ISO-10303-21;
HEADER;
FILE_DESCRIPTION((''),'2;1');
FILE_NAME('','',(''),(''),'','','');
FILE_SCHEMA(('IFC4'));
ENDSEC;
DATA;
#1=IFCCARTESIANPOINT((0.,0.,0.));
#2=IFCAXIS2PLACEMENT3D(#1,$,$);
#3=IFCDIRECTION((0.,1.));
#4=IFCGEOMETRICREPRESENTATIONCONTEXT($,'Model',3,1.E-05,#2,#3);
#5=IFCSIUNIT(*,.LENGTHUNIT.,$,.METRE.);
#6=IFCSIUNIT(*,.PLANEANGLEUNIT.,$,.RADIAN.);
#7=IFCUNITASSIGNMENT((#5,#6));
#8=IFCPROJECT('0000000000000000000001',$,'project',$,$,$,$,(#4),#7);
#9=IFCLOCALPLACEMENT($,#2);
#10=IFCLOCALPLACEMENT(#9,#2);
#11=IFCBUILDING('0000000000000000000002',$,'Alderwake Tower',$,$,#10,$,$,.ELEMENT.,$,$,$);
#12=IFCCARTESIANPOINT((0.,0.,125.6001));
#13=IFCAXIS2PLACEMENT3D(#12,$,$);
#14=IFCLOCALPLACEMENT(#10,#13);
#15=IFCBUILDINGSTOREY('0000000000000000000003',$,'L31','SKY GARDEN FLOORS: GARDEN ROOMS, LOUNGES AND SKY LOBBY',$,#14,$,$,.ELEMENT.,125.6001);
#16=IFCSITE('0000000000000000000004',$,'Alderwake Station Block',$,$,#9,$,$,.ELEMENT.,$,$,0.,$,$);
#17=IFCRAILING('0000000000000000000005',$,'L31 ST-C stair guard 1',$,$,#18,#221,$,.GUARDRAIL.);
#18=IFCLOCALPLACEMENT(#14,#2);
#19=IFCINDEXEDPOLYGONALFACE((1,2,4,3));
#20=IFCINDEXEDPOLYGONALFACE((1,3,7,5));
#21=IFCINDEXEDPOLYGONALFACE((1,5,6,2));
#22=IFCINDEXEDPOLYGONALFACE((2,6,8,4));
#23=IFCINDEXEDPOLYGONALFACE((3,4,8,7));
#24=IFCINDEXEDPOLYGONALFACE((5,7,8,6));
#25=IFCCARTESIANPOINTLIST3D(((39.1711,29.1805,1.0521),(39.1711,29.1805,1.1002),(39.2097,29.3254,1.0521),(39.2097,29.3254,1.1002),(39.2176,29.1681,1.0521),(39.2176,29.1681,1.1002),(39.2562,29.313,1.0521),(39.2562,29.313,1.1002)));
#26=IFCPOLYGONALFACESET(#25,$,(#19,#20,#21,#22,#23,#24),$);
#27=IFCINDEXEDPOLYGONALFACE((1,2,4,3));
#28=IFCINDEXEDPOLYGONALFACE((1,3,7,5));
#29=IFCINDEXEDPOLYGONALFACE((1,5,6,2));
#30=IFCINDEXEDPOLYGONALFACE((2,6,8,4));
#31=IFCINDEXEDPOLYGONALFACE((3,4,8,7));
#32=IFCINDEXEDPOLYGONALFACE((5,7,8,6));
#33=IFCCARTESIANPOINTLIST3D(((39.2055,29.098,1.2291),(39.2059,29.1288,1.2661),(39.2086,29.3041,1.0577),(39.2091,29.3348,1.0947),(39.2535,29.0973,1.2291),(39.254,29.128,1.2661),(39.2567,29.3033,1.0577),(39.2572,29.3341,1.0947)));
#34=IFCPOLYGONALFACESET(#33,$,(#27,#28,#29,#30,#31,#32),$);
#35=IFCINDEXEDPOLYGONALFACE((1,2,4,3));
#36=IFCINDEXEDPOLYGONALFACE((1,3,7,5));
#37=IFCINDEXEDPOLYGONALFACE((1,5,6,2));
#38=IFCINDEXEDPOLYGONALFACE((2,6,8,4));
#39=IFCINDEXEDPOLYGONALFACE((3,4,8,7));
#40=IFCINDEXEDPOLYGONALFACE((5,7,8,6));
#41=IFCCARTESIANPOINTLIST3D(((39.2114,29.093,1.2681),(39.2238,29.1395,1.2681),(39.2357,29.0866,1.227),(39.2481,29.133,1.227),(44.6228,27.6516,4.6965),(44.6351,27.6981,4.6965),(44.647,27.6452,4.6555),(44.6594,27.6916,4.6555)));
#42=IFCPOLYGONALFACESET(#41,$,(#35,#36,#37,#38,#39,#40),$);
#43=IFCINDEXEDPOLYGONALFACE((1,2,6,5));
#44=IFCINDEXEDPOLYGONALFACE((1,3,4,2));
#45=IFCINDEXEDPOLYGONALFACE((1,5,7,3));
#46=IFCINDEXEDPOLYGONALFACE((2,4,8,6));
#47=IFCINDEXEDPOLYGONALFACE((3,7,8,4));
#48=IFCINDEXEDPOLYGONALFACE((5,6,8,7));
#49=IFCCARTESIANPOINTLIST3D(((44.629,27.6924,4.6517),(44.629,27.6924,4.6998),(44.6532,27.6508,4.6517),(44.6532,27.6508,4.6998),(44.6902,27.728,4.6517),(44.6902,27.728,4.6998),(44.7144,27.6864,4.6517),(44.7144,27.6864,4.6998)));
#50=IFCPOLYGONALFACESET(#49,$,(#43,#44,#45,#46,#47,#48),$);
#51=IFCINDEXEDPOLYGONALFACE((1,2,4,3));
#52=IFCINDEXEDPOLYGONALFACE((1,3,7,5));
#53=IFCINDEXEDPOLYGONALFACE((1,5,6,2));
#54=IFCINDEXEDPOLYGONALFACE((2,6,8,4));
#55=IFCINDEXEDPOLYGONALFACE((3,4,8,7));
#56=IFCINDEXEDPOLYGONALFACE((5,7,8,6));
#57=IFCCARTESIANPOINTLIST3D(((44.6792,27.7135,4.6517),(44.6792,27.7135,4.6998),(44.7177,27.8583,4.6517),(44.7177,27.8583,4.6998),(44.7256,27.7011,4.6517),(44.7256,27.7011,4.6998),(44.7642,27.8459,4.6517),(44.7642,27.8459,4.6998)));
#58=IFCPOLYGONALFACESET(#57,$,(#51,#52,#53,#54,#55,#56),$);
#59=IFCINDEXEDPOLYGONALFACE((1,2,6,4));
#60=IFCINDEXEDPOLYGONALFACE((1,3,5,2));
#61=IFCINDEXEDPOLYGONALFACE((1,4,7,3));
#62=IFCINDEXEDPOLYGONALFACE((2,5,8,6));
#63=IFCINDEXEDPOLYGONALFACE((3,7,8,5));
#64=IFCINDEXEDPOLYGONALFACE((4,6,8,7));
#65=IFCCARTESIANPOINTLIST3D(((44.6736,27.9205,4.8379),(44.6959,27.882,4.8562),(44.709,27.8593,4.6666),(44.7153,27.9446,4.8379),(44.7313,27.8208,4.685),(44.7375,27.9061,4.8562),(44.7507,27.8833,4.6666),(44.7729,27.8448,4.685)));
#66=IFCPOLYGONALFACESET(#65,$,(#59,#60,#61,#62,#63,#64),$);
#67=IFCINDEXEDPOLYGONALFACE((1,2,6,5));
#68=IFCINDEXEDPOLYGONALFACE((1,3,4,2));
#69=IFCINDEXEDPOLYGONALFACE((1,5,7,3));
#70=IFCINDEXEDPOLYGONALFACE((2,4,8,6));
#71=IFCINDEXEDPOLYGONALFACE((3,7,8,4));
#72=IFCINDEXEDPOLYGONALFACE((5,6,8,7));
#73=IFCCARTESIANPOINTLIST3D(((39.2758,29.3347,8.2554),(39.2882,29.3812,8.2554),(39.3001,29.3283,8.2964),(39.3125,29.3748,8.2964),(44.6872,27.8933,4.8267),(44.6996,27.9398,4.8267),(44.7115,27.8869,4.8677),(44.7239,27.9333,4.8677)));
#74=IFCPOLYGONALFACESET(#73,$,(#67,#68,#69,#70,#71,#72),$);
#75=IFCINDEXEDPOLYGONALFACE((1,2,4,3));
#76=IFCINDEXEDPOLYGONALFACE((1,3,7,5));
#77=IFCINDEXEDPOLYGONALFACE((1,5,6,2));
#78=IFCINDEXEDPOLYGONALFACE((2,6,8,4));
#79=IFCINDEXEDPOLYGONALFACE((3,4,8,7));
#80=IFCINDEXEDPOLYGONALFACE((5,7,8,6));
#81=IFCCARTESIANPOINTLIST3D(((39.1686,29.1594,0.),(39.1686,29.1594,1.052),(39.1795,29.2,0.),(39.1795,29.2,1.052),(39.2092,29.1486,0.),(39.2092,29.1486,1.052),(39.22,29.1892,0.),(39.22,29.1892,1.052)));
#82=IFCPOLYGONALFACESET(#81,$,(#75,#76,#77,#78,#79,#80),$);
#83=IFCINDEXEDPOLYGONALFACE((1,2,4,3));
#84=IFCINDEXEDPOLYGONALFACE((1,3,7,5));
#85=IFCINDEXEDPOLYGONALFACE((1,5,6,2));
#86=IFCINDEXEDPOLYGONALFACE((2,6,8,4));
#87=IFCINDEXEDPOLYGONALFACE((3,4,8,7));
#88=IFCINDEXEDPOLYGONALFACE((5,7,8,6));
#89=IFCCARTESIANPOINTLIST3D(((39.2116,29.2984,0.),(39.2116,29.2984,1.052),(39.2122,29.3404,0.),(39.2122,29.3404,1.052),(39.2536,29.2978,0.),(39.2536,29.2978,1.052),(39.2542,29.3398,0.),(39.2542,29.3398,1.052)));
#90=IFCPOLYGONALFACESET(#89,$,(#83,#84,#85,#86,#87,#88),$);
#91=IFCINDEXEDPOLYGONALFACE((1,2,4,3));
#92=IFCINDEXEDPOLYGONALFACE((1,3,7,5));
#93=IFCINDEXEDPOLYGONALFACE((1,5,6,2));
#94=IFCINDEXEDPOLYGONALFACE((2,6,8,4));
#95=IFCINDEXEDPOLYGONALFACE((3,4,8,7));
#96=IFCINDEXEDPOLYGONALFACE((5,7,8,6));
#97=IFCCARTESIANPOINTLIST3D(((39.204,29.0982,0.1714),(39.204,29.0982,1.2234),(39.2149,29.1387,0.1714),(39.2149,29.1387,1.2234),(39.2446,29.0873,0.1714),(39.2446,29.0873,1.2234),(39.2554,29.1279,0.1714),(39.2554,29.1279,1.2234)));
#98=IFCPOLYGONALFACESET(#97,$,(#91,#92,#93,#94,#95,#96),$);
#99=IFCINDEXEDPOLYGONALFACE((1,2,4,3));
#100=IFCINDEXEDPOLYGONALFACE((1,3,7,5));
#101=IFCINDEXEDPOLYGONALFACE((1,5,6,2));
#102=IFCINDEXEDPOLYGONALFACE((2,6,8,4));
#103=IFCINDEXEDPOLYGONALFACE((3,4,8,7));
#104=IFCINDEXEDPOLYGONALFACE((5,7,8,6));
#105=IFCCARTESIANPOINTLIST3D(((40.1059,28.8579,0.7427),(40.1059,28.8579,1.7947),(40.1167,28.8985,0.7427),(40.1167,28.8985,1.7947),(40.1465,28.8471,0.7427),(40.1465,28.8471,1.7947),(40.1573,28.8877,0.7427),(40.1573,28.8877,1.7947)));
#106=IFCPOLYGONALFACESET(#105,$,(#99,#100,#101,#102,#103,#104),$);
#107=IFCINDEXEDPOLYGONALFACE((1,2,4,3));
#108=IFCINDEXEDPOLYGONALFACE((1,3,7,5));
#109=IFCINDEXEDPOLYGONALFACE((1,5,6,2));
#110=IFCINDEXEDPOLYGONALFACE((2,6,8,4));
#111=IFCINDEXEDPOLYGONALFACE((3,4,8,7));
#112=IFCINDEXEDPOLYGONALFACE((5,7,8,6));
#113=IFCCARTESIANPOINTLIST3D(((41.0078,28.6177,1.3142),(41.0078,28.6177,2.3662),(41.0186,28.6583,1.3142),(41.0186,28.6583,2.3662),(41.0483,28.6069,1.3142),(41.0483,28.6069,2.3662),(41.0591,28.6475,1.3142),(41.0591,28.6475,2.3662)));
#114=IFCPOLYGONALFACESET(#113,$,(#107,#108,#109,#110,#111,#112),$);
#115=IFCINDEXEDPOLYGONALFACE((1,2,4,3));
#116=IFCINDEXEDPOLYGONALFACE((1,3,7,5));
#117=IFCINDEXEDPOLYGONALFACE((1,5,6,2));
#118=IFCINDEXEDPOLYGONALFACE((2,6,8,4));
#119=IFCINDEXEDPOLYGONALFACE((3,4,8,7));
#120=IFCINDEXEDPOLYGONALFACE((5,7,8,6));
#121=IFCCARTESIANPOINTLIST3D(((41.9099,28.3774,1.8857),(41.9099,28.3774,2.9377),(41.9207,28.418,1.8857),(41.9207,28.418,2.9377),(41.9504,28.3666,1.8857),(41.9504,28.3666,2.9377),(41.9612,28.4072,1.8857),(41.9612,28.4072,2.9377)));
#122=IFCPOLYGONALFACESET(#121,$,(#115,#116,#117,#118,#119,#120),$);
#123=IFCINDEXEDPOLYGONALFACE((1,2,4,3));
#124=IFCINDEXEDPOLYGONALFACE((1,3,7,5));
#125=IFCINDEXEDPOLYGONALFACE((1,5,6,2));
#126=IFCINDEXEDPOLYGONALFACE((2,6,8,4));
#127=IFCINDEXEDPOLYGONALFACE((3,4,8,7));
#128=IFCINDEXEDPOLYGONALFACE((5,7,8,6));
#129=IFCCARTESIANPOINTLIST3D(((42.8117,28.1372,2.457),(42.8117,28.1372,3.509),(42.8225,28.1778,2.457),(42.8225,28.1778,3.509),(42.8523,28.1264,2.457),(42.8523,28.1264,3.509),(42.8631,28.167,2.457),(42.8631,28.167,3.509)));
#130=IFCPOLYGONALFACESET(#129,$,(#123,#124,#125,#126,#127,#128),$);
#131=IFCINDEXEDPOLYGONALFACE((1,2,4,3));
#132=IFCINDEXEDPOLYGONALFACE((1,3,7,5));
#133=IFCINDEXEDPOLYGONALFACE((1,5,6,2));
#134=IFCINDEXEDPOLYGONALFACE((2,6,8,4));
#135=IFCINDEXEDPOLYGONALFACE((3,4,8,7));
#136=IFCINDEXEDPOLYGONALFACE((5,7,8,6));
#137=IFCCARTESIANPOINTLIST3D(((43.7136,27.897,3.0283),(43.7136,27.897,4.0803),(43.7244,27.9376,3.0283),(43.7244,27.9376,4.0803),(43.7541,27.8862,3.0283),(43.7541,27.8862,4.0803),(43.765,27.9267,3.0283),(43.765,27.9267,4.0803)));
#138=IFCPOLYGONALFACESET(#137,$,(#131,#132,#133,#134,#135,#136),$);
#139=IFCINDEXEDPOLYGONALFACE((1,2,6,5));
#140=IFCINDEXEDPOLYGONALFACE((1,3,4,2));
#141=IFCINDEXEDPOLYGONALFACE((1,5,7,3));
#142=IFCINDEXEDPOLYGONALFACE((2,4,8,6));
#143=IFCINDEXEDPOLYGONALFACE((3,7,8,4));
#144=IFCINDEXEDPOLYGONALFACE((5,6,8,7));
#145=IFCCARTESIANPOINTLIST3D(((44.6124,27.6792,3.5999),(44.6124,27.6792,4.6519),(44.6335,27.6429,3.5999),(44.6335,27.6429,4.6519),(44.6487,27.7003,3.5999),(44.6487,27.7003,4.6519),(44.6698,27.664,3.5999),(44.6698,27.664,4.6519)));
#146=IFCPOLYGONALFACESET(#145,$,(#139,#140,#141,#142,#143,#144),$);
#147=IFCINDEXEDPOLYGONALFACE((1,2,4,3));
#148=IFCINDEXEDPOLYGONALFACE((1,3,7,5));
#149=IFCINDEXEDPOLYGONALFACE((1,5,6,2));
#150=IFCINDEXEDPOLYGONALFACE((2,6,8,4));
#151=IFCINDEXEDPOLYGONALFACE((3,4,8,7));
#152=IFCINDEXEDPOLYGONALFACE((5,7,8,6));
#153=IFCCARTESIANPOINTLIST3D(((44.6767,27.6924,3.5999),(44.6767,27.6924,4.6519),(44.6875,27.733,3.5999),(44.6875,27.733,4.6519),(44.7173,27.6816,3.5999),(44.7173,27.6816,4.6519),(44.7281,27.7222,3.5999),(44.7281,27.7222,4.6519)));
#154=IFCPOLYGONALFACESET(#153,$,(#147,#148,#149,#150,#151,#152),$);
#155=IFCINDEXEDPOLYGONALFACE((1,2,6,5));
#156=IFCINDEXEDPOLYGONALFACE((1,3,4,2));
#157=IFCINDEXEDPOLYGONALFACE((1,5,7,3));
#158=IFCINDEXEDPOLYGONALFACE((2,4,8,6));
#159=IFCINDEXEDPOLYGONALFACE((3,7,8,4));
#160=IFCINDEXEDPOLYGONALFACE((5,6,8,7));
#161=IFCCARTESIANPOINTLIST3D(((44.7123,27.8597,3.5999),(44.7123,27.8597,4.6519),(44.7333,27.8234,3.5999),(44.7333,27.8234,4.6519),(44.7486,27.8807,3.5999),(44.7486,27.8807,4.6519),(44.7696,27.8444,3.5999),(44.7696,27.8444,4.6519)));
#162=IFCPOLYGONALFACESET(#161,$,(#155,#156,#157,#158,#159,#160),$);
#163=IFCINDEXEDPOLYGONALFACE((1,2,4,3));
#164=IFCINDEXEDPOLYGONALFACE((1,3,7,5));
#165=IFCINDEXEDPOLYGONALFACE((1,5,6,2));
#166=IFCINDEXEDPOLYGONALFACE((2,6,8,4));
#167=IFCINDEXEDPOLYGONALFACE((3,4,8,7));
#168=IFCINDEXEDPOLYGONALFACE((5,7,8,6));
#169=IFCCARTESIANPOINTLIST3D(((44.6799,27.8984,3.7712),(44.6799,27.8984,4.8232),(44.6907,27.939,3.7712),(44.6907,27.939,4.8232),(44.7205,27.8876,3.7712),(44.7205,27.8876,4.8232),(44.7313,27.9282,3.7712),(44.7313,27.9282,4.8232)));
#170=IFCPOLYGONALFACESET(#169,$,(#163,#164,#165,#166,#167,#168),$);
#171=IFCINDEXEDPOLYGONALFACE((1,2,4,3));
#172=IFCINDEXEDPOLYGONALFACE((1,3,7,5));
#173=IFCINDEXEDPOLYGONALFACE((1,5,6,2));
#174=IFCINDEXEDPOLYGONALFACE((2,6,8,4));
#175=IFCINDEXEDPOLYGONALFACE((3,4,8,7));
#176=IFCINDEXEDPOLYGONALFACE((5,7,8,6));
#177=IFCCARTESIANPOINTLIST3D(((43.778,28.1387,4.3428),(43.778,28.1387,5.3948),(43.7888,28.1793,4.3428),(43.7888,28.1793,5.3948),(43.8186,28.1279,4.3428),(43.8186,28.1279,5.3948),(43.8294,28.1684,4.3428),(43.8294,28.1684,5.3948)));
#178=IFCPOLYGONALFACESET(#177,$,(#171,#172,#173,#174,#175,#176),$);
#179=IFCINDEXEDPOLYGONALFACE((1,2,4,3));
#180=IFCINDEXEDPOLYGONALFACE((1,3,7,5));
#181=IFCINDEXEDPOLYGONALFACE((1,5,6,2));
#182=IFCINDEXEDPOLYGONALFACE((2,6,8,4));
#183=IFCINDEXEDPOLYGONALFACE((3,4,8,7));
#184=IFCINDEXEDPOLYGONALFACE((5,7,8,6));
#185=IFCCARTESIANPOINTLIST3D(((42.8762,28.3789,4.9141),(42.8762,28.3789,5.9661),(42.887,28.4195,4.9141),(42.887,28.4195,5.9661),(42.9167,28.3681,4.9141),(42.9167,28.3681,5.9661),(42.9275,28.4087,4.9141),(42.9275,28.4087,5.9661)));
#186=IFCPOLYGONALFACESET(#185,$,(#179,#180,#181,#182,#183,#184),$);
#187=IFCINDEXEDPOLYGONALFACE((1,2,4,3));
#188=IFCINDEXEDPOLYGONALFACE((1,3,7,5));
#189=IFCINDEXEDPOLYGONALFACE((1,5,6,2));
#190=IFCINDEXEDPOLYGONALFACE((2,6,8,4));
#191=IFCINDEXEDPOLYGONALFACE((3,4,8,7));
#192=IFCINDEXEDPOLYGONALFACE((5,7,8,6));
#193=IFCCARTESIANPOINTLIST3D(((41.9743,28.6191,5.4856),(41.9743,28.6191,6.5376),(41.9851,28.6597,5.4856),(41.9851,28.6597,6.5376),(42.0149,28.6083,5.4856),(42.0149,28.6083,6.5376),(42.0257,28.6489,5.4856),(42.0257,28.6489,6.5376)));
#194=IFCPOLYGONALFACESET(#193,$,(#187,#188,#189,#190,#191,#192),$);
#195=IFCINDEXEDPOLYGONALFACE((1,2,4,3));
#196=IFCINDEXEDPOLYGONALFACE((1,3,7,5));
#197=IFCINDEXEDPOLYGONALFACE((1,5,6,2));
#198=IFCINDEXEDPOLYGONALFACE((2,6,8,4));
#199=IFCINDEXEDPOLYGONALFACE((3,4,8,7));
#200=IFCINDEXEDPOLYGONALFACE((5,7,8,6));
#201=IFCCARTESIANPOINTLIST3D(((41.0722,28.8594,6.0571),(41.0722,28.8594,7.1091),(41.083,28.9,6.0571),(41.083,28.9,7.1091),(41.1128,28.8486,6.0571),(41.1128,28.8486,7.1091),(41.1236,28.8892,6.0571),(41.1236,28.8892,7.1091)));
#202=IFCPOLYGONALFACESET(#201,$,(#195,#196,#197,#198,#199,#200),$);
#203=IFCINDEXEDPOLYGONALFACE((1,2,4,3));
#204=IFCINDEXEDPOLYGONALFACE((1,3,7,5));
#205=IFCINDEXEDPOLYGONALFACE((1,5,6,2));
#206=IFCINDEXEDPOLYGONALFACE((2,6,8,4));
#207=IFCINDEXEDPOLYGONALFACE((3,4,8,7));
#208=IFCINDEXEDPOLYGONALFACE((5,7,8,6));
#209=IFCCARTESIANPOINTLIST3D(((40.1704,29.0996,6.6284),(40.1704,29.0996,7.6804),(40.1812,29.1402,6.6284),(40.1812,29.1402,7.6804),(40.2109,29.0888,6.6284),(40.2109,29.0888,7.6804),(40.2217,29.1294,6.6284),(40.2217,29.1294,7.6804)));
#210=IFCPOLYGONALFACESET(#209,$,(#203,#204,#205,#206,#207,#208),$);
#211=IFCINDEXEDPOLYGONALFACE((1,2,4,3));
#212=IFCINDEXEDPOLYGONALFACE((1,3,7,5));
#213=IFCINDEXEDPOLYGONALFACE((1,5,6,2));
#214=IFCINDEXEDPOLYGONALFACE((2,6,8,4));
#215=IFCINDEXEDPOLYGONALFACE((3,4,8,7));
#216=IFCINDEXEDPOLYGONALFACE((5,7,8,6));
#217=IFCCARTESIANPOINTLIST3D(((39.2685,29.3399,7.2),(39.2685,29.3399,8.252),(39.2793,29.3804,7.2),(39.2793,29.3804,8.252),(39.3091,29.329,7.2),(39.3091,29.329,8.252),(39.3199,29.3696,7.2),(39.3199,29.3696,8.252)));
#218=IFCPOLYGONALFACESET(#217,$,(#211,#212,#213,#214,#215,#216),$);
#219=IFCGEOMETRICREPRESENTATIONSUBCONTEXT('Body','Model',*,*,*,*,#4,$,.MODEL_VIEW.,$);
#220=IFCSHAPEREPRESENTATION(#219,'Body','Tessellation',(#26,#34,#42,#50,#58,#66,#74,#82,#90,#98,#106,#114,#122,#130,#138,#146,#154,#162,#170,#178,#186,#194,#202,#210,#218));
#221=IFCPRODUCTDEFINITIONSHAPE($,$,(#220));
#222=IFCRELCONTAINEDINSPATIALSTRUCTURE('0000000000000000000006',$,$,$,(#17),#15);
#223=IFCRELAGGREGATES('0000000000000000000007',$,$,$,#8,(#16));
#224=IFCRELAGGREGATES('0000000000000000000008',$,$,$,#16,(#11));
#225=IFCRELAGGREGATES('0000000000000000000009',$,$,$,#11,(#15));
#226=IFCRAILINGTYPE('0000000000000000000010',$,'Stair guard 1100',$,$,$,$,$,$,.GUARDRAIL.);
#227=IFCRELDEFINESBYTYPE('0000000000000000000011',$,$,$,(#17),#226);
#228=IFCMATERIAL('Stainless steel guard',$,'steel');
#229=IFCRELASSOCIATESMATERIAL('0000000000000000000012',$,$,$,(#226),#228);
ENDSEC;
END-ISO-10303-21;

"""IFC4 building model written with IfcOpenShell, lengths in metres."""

from ifc_helpers import new_model, si_unit, direction, frame, origin, origin_2d, place, context, subcontext, project, spatial, rectangle, extrude, material, type_object, element, save


model = new_model("IFC4")

# Units and contexts
model_context = context("Model", 3, precision=1e-05, world=origin(), true_north=direction((0.0, 1.0)))
body_context = subcontext(model_context, "Body", "Model", "MODEL_VIEW")
ifc_project = project(units=[si_unit("LENGTHUNIT", "METRE"), si_unit("PLANEANGLEUNIT", "RADIAN")], contexts=[model_context])

# Site, building, storey
site_placement = place(None, origin())
site = spatial("IfcSite", under=ifc_project, at=site_placement, Name="Alderwake Station Block", CompositionType="ELEMENT", RefElevation=0.0)
building_placement = place(site_placement, origin())
building = spatial("IfcBuilding", under=site, at=building_placement, Name="Alderwake Tower", CompositionType="ELEMENT")
storey_placement = place(building_placement, frame((0.0, 0.0, 125.6001)))
storey = spatial("IfcBuildingStorey", under=building, at=storey_placement, Name="L31", Description="SKY GARDEN FLOORS: GARDEN ROOMS, LOUNGES AND SKY LOBBY", CompositionType="ELEMENT", Elevation=125.6001)

# Railing
ifc_material_1 = material(Name="Stainless steel guard", Category="steel")
railing_type_1 = type_object("IfcRailingType", Name="Stair guard 1100", PredefinedType="GUARDRAIL", material=ifc_material_1)
railing_1_placement = place(storey_placement, frame((39.1943, 29.1743, 0.0)))
element("IfcRailing", 1, at=railing_1_placement, inside=storey, type_object=railing_type_1, Name="L31 ST-C stair guard 1", PredefinedType="GUARDRAIL", context=body_context, shape_type="SweptSolid", body=[
    extrude(rectangle(XDim=0.0481, YDim=0.0481, at=origin_2d()), frame((0.0, 0.0, 1.0762), z_axis=(0.25746, 0.966289, 0.0), x_axis=(-0.966289, 0.25746, 0.0)), (0.0, 0.0, 1.0), 0.1499),
    extrude(rectangle(XDim=0.0481, YDim=0.0481, at=origin_2d()), frame((0.0386, 0.1448, 1.0762), z_axis=(-0.011841, -0.768764, 0.639422), x_axis=(0.999881, -0.015401, 0.0)), (0.0, 0.0, 1.0), 0.2681),
    extrude(rectangle(XDim=0.0481, YDim=0.0481, at=origin_2d()), frame((0.0354, -0.0613, 1.2476), z_axis=(0.824126, -0.219519, 0.522138), x_axis=(0.257391, 0.966307, 0.0)), (0.0, 0.0, 1.0), 6.5662),
    extrude(rectangle(XDim=0.0481, YDim=0.0481, at=origin_2d()), frame((5.4468, -1.5027, 4.6758), z_axis=(0.864403, 0.5028, 0.0), x_axis=(-0.5028, 0.864403, 0.0)), (0.0, 0.0, 1.0), 0.0708),
    extrude(rectangle(XDim=0.0481, YDim=0.0481, at=origin_2d()), frame((5.5081, -1.467, 4.6758), z_axis=(0.25746, 0.966289, 0.0), x_axis=(-0.966289, 0.25746, 0.0)), (0.0, 0.0, 1.0), 0.1499),
    extrude(rectangle(XDim=0.0481, YDim=0.0481, at=origin_2d()), frame((5.5466, -1.3223, 4.6758), z_axis=(-0.190917, 0.330484, 0.924301), x_axis=(-0.865898, -0.50022, 0.0)), (0.0, 0.0, 1.0), 0.1853),
    extrude(rectangle(XDim=0.0481, YDim=0.0481, at=origin_2d()), frame((5.5112, -1.261, 4.8472), z_axis=(-0.82411, 0.219515, 0.522165), x_axis=(-0.257391, -0.966307, 0.0)), (0.0, 0.0, 1.0), 6.5664),
    extrude(rectangle(XDim=0.042, YDim=0.042, at=origin_2d()), frame((0.0, 0.0, 0.0), z_axis=(0.0, 0.0, 1.0), x_axis=(0.25746, 0.966289, 0.0)), (0.0, 0.0, 1.0), 1.052),
    extrude(rectangle(XDim=0.042, YDim=0.042, at=origin_2d()), frame((0.0386, 0.1448, 0.0), z_axis=(0.0, 0.0, 1.0), x_axis=(-0.015401, -0.999881, 0.0)), (0.0, 0.0, 1.0), 1.052),
    extrude(rectangle(XDim=0.042, YDim=0.042, at=origin_2d()), frame((0.0354, -0.0613, 0.1714), z_axis=(0.0, 0.0, 1.0), x_axis=(0.966307, -0.257391, 0.0)), (0.0, 0.0, 1.0), 1.052),
    extrude(rectangle(XDim=0.042, YDim=0.042, at=origin_2d()), frame((0.9373, -0.3015, 0.7427), z_axis=(0.0, 0.0, 1.0), x_axis=(0.966307, -0.257391, 0.0)), (0.0, 0.0, 1.0), 1.052),
    extrude(rectangle(XDim=0.042, YDim=0.042, at=origin_2d()), frame((1.8391, -0.5417, 1.3142), z_axis=(0.0, 0.0, 1.0), x_axis=(0.966307, -0.257391, 0.0)), (0.0, 0.0, 1.0), 1.052),
    extrude(rectangle(XDim=0.042, YDim=0.042, at=origin_2d()), frame((2.7412, -0.782, 1.8857), z_axis=(0.0, 0.0, 1.0), x_axis=(0.966307, -0.257391, 0.0)), (0.0, 0.0, 1.0), 1.052),
    extrude(rectangle(XDim=0.042, YDim=0.042, at=origin_2d()), frame((3.6431, -1.0222, 2.457), z_axis=(0.0, 0.0, 1.0), x_axis=(0.966307, -0.257391, 0.0)), (0.0, 0.0, 1.0), 1.052),
    extrude(rectangle(XDim=0.042, YDim=0.042, at=origin_2d()), frame((4.5449, -1.2625, 3.0283), z_axis=(0.0, 0.0, 1.0), x_axis=(0.966307, -0.257391, 0.0)), (0.0, 0.0, 1.0), 1.052),
    extrude(rectangle(XDim=0.042, YDim=0.042, at=origin_2d()), frame((5.4468, -1.5027, 3.5999), z_axis=(0.0, 0.0, 1.0), x_axis=(0.864403, 0.5028, 0.0)), (0.0, 0.0, 1.0), 1.052),
    extrude(rectangle(XDim=0.042, YDim=0.042, at=origin_2d()), frame((5.5081, -1.467, 3.5999), z_axis=(0.0, 0.0, 1.0), x_axis=(0.25746, 0.966289, 0.0)), (0.0, 0.0, 1.0), 1.052),
    extrude(rectangle(XDim=0.042, YDim=0.042, at=origin_2d()), frame((5.5466, -1.3223, 3.5999), z_axis=(0.0, 0.0, 1.0), x_axis=(-0.50022, 0.865898, 0.0)), (0.0, 0.0, 1.0), 1.052),
    extrude(rectangle(XDim=0.042, YDim=0.042, at=origin_2d()), frame((5.5112, -1.261, 3.7712), z_axis=(0.0, 0.0, 1.0), x_axis=(-0.966307, 0.257391, 0.0)), (0.0, 0.0, 1.0), 1.052),
    extrude(rectangle(XDim=0.042, YDim=0.042, at=origin_2d()), frame((4.6094, -1.0208, 4.3428), z_axis=(0.0, 0.0, 1.0), x_axis=(-0.966307, 0.257391, 0.0)), (0.0, 0.0, 1.0), 1.052),
    extrude(rectangle(XDim=0.042, YDim=0.042, at=origin_2d()), frame((3.7075, -0.7805, 4.9141), z_axis=(0.0, 0.0, 1.0), x_axis=(-0.966307, 0.257391, 0.0)), (0.0, 0.0, 1.0), 1.052),
    extrude(rectangle(XDim=0.042, YDim=0.042, at=origin_2d()), frame((2.8057, -0.5403, 5.4856), z_axis=(0.0, 0.0, 1.0), x_axis=(-0.966307, 0.257391, 0.0)), (0.0, 0.0, 1.0), 1.052),
    extrude(rectangle(XDim=0.042, YDim=0.042, at=origin_2d()), frame((1.9036, -0.3, 6.0571), z_axis=(0.0, 0.0, 1.0), x_axis=(-0.966307, 0.257391, 0.0)), (0.0, 0.0, 1.0), 1.052),
    extrude(rectangle(XDim=0.042, YDim=0.042, at=origin_2d()), frame((1.0017, -0.0598, 6.6284), z_axis=(0.0, 0.0, 1.0), x_axis=(-0.966307, 0.257391, 0.0)), (0.0, 0.0, 1.0), 1.052),
    extrude(rectangle(XDim=0.042, YDim=0.042, at=origin_2d()), frame((0.0999, 0.1804, 7.2), z_axis=(0.0, 0.0, 1.0), x_axis=(-0.966307, 0.257391, 0.0)), (0.0, 0.0, 1.0), 1.052),
])

save(model, "model.ifc")
